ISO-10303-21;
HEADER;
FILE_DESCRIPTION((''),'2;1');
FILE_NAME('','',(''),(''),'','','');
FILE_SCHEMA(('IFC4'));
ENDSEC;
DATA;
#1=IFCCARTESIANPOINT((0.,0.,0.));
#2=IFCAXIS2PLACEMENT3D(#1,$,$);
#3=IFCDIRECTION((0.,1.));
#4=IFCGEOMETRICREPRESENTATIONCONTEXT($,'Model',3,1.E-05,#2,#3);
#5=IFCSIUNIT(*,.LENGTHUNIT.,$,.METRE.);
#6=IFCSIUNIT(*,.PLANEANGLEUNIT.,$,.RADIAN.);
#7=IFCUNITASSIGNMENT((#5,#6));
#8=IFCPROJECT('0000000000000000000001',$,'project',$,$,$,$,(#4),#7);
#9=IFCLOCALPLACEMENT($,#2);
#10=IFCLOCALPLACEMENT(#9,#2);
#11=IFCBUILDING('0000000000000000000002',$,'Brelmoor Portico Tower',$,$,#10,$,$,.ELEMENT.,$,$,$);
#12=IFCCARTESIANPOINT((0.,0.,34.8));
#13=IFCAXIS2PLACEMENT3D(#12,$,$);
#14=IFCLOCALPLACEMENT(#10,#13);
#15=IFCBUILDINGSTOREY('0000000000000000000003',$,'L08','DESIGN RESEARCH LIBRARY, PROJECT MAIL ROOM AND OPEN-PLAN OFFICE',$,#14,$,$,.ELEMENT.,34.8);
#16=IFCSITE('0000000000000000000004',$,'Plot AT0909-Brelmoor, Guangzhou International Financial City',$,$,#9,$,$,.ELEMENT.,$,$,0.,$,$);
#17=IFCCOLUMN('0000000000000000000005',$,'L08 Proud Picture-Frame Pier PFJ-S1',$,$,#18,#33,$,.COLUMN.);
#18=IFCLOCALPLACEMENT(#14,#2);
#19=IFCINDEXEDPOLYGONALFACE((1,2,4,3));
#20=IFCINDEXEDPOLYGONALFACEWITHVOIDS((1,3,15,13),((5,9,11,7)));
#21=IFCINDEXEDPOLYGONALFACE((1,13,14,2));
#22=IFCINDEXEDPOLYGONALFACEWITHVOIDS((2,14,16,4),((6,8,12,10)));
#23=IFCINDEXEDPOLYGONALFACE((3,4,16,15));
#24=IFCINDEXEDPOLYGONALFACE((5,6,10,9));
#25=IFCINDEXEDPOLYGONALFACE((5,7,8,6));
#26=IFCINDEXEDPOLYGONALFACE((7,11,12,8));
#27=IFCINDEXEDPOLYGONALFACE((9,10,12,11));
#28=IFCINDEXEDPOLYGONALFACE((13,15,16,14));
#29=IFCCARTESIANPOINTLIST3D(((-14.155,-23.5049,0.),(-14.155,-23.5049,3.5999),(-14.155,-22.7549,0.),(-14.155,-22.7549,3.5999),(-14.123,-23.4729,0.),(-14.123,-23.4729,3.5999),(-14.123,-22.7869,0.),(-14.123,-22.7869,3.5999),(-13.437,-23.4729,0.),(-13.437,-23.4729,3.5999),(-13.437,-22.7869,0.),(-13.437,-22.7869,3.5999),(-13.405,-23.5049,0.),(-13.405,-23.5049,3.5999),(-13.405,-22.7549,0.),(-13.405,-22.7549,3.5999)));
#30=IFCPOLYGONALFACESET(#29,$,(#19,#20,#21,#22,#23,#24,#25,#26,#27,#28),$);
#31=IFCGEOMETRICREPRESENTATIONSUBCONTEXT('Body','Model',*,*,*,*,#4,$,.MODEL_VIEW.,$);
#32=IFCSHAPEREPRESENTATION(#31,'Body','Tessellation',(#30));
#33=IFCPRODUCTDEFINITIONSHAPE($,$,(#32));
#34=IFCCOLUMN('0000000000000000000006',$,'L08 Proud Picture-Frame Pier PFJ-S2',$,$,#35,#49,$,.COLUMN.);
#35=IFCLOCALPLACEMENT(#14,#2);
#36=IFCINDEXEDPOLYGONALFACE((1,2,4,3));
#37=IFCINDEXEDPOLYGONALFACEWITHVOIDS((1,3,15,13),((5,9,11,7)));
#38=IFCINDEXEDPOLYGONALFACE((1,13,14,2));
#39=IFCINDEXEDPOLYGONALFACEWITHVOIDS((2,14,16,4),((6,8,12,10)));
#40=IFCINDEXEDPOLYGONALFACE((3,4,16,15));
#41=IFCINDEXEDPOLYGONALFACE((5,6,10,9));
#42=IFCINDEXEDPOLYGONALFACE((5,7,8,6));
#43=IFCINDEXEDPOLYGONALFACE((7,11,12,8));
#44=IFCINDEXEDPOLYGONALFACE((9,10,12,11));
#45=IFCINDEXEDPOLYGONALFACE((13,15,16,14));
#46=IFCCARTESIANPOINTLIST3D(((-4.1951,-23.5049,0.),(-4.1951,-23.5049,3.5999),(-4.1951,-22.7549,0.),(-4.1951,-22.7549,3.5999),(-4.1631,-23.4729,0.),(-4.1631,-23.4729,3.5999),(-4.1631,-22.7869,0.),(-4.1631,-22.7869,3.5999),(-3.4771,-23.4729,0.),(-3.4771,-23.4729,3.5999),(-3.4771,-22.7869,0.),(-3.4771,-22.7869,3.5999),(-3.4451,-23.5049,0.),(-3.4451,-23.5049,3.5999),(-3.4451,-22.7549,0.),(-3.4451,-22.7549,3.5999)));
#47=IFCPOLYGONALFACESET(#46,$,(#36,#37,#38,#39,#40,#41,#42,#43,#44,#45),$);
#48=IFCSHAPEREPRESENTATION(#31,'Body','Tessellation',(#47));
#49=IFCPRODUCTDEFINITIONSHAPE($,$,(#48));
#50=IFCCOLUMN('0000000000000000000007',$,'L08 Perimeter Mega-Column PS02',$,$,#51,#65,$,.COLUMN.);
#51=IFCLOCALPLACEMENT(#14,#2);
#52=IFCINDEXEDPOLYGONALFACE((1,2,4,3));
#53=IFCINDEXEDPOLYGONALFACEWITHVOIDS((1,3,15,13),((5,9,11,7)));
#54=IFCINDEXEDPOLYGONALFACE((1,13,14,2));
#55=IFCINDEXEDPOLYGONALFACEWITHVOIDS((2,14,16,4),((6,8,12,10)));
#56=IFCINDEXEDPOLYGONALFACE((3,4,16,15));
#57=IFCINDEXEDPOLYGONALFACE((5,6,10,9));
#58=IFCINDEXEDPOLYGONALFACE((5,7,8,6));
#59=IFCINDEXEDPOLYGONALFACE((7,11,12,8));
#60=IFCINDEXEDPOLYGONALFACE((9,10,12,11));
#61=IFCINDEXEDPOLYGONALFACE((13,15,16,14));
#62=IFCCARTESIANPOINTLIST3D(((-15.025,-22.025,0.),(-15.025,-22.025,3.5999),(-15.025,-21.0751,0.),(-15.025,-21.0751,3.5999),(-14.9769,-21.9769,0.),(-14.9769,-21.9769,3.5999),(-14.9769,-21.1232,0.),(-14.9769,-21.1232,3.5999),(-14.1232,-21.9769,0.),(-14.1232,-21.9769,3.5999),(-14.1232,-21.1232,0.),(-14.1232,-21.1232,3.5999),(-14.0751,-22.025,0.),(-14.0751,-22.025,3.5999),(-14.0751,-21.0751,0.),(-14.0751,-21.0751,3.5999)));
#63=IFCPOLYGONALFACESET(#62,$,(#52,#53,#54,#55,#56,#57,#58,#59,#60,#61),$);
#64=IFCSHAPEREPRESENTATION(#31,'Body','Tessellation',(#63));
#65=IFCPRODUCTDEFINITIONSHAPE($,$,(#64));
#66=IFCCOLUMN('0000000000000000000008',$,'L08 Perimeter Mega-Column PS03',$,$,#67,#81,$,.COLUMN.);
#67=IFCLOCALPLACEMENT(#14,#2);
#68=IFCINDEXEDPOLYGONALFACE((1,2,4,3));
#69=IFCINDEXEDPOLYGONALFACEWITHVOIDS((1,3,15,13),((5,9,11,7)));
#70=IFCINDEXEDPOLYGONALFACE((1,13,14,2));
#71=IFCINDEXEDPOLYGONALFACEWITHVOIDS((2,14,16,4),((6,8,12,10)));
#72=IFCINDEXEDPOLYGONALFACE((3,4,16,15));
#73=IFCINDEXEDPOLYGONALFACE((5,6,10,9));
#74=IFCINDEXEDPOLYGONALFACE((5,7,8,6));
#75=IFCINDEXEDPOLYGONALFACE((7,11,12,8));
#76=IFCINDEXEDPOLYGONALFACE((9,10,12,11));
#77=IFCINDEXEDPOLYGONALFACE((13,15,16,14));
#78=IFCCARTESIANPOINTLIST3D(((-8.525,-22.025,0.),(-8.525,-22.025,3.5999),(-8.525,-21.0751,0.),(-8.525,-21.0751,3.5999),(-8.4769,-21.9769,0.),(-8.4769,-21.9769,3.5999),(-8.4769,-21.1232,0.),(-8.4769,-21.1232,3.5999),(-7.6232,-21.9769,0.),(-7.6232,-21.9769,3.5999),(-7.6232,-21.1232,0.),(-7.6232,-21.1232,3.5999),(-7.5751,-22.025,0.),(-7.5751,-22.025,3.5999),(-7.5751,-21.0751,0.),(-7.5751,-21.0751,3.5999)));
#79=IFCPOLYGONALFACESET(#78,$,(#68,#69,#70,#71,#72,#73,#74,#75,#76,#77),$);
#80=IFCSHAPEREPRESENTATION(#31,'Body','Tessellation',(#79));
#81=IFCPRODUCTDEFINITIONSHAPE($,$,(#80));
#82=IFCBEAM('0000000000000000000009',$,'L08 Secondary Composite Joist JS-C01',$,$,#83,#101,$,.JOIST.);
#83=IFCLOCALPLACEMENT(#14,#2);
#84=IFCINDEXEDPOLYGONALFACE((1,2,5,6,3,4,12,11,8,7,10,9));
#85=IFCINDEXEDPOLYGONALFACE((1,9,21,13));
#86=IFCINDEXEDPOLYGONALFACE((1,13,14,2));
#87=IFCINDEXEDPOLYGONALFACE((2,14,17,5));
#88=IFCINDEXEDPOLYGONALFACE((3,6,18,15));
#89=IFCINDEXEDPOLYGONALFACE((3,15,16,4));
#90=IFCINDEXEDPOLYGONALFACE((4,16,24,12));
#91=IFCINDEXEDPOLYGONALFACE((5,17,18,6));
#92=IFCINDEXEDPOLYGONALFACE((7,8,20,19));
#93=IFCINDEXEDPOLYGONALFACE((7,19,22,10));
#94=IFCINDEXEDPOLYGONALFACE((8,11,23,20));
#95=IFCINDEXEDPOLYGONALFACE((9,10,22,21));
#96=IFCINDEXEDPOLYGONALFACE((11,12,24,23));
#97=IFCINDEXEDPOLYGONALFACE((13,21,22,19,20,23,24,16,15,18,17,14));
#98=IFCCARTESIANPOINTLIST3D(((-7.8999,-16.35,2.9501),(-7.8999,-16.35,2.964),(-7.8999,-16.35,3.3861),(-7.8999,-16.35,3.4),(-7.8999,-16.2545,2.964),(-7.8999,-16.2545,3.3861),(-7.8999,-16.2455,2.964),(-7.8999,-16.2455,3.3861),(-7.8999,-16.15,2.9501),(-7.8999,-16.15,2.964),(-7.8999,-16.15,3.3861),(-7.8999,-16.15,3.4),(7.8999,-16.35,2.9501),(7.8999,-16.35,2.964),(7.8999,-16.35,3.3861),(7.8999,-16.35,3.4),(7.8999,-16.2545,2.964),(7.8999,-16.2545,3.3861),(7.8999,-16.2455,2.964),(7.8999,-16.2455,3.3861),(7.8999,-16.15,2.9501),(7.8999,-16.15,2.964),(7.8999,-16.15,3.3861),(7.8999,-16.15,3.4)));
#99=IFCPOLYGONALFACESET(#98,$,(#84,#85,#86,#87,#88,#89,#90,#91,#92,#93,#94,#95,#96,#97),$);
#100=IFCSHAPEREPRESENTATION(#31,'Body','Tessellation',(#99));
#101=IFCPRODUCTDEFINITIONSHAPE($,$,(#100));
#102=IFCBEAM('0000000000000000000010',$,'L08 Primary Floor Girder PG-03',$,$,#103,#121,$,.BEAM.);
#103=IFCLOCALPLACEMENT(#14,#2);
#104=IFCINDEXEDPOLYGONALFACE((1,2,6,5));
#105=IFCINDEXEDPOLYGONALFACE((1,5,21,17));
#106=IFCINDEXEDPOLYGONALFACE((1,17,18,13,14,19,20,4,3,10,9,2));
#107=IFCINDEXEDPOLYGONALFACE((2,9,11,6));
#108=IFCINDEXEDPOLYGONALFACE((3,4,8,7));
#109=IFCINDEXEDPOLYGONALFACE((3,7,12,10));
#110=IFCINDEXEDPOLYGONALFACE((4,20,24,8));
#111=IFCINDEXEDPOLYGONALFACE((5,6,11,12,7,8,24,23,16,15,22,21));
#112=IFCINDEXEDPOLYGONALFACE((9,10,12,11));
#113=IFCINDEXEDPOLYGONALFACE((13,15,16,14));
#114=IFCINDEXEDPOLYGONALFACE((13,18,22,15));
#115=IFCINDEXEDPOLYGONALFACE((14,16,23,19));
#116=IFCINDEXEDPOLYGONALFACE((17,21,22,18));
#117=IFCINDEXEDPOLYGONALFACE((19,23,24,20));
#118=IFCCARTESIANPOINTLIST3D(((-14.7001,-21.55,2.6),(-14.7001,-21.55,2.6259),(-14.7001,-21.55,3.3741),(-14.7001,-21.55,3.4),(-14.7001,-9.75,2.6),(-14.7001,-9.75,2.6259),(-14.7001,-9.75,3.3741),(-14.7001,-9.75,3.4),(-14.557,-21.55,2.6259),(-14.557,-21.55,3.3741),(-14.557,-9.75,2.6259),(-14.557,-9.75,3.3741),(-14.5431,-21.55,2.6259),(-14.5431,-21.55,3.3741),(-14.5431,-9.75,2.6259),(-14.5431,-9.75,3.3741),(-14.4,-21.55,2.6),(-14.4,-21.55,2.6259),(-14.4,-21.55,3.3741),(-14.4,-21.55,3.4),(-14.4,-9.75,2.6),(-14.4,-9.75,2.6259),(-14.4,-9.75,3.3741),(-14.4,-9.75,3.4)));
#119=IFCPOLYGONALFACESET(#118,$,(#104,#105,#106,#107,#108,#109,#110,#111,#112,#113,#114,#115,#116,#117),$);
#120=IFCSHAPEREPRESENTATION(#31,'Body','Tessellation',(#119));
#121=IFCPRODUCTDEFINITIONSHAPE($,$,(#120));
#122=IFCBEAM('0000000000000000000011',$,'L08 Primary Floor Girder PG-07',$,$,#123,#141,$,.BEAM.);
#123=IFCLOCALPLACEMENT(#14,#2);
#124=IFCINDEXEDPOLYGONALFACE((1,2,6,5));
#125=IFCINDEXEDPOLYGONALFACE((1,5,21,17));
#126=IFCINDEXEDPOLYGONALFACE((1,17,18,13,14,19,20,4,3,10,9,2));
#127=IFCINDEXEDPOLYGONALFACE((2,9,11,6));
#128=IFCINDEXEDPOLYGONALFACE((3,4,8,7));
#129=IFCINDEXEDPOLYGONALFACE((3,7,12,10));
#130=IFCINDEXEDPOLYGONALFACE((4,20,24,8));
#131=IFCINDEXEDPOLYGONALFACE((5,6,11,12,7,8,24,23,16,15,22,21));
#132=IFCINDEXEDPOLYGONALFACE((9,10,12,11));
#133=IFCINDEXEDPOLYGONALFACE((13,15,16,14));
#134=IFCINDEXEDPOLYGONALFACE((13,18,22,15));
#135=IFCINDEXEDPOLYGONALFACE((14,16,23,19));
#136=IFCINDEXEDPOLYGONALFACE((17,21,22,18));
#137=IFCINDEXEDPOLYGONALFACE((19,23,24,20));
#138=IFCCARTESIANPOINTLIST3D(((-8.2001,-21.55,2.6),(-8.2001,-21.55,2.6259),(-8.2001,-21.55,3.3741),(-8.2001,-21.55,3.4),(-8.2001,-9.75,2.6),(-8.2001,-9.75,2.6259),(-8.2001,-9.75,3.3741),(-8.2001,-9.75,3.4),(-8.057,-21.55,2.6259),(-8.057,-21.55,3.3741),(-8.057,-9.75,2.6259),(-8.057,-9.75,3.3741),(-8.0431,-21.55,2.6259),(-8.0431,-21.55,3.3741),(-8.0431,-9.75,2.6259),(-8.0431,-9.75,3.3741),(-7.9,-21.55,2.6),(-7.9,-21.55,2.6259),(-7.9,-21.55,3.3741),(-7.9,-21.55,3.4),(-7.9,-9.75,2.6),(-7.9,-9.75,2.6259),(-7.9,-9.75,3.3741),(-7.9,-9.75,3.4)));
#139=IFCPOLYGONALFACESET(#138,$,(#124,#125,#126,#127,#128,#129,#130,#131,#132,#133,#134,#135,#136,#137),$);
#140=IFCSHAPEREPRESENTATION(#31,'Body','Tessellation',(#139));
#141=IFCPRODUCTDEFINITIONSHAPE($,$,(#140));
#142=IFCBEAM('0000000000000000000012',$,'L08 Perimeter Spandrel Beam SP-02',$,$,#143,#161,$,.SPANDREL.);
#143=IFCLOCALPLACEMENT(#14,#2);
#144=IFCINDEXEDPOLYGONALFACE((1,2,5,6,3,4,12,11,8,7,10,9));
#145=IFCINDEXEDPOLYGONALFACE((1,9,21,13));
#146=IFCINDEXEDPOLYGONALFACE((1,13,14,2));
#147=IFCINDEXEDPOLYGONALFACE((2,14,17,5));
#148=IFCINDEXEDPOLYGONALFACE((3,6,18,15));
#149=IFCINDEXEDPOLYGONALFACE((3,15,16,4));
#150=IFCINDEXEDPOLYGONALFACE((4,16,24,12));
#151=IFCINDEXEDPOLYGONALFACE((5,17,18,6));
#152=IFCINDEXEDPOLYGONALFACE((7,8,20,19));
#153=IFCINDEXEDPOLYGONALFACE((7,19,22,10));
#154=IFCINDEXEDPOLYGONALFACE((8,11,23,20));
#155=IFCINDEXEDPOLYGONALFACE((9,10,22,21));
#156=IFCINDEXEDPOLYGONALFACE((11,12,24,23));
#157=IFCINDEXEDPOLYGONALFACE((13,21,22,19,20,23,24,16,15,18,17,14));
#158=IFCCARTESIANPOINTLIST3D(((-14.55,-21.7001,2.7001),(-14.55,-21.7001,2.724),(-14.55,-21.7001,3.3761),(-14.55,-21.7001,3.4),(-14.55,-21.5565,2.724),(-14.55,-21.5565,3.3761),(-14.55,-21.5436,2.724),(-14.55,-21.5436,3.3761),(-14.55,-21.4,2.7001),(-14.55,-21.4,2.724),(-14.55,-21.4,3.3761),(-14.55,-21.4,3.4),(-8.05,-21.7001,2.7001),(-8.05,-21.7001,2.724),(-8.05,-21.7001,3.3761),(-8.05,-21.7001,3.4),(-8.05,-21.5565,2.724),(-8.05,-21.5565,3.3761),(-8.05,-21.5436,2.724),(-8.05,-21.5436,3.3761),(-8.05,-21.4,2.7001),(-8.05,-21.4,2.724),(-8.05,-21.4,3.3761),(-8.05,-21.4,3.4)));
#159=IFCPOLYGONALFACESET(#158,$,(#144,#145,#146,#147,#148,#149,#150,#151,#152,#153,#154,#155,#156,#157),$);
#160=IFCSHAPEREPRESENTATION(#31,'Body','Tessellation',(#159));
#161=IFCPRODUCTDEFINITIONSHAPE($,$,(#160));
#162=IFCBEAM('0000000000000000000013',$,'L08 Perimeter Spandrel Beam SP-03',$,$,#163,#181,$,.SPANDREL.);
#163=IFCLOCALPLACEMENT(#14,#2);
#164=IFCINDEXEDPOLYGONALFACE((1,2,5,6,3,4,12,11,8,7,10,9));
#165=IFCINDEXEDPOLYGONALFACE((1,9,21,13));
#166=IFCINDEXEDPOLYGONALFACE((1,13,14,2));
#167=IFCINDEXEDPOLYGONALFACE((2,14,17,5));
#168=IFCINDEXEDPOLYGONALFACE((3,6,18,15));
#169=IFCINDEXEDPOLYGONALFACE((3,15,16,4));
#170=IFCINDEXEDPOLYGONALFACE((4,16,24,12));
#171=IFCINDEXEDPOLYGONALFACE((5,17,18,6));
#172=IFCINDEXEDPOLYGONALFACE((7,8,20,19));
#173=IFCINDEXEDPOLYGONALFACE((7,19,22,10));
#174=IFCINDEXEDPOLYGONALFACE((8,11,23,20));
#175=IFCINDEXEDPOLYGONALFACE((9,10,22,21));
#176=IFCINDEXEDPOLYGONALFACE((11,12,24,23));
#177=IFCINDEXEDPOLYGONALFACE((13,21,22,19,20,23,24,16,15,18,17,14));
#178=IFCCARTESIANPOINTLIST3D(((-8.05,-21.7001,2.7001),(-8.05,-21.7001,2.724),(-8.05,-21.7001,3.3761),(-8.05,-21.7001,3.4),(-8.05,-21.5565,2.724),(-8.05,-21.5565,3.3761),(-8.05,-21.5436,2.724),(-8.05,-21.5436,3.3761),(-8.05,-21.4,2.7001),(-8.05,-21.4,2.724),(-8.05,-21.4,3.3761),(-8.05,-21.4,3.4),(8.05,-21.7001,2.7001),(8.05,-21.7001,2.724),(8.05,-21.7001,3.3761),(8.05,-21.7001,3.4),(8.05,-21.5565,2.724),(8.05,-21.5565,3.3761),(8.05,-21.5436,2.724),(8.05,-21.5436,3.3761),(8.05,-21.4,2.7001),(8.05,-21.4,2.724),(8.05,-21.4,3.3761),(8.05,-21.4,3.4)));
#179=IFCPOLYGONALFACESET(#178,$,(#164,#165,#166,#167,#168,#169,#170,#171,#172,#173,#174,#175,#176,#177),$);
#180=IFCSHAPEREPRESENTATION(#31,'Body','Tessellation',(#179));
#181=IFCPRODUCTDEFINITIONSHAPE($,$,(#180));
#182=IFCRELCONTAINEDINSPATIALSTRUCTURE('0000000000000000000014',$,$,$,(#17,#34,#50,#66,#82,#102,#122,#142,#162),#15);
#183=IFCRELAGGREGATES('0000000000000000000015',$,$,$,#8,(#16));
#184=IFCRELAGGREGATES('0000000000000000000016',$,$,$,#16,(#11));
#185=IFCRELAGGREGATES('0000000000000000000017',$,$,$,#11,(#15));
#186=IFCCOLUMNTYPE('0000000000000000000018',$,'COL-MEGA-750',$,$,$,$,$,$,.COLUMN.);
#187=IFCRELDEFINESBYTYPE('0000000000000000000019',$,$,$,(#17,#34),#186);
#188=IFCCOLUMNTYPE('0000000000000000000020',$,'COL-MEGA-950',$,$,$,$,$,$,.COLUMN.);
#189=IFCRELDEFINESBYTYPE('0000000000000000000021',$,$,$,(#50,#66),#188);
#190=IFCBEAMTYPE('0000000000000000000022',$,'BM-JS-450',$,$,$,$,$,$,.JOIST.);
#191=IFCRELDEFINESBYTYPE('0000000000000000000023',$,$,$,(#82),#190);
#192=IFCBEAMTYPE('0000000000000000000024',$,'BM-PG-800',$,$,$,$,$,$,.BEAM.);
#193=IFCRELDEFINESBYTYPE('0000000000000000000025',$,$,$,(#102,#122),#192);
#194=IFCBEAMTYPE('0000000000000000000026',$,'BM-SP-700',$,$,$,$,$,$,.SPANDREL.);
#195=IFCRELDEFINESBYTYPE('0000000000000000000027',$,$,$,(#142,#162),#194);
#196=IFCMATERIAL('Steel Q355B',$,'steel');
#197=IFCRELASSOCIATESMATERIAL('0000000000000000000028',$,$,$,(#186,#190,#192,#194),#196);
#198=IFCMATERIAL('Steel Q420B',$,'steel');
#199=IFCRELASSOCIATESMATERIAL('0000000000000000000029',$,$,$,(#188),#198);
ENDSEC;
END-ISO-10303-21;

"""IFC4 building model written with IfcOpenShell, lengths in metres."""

from ifc_helpers import new_model, si_unit, direction, frame, origin, origin_2d, place, context, subcontext, project, spatial, hollow_rectangle, i_section, extrude, material, material_profile, profile_set, type_object, element, save


model = new_model("IFC4")

# Units and contexts
model_context = context("Model", 3, precision=1e-05, world=origin(), true_north=direction((0.0, 1.0)))
body_context = subcontext(model_context, "Body", "Model", "MODEL_VIEW")
ifc_project = project(units=[si_unit("LENGTHUNIT", "METRE"), si_unit("PLANEANGLEUNIT", "RADIAN")], contexts=[model_context])

# Site, building, storey
site_placement = place(None, origin())
site = spatial("IfcSite", under=ifc_project, at=site_placement, Name="Plot AT0909-Brelmoor, Guangzhou International Financial City", CompositionType="ELEMENT", RefElevation=0.0)
building_placement = place(site_placement, origin())
building = spatial("IfcBuilding", under=site, at=building_placement, Name="Brelmoor Portico Tower", CompositionType="ELEMENT")
storey_placement = place(building_placement, frame((0.0, 0.0, 34.8)))
storey = spatial("IfcBuildingStorey", under=building, at=storey_placement, Name="L08", Description="DESIGN RESEARCH LIBRARY, PROJECT MAIL ROOM AND OPEN-PLAN OFFICE", CompositionType="ELEMENT", Elevation=34.8)

# Columns
ifc_material_1 = material(Name="Steel Q355B", Category="steel")
ifc_material_profile_1 = material_profile(ifc_material_1, hollow_rectangle(XDim=0.75, YDim=0.75, WallThickness=0.032, at=origin_2d()), Name="BOX 750x750x32")
ifc_profile_set_1 = profile_set([ifc_material_profile_1], Name="Steel Q355B")
column_type_1 = type_object("IfcColumnType", Name="COL-MEGA-750", PredefinedType="COLUMN", material=ifc_profile_set_1)
for number, where, z_axis, x_axis, name in (
    (1, (-13.78, -23.1299, 0.0), (0.0, 0.0, 1.0), (1.0, 0.0, 0.0), "L08 Proud Picture-Frame Pier PFJ-S1"),
    (2, (-3.8201, -23.1299, 0.0), (0.0, 0.0, 1.0), (1.0, 0.0, 0.0), "L08 Proud Picture-Frame Pier PFJ-S2"),
):
    element("IfcColumn", number, at=place(storey_placement, frame(where, z_axis=z_axis, x_axis=x_axis)), inside=storey, type_object=column_type_1, Name=name, PredefinedType="COLUMN", context=body_context, shape_type="SweptSolid", body=[
        extrude(hollow_rectangle(XDim=0.75, YDim=0.75, WallThickness=0.032, at=origin_2d()), origin(), (0.0, 0.0, 1.0), 3.5999),
    ])
ifc_material_2 = material(Name="Steel Q420B", Category="steel")
ifc_material_profile_2 = material_profile(ifc_material_2, hollow_rectangle(XDim=0.95, YDim=0.95, WallThickness=0.0481, at=origin_2d()), Name="BOX 950x950x48")
ifc_profile_set_2 = profile_set([ifc_material_profile_2], Name="Steel Q420B")
column_type_2 = type_object("IfcColumnType", Name="COL-MEGA-950", PredefinedType="COLUMN", material=ifc_profile_set_2)
for number, where, z_axis, x_axis, name in (
    (3, (-14.55, -21.55, 0.0), (0.0, 0.0, 1.0), (1.0, 0.0, 0.0), "L08 Perimeter Mega-Column PS02"),
    (4, (-8.05, -21.55, 0.0), (0.0, 0.0, 1.0), (1.0, 0.0, 0.0), "L08 Perimeter Mega-Column PS03"),
):
    element("IfcColumn", number, at=place(storey_placement, frame(where, z_axis=z_axis, x_axis=x_axis)), inside=storey, type_object=column_type_2, Name=name, PredefinedType="COLUMN", context=body_context, shape_type="SweptSolid", body=[
        extrude(hollow_rectangle(XDim=0.95, YDim=0.95, WallThickness=0.0481, at=origin_2d()), origin(), (0.0, 0.0, 1.0), 3.5999),
    ])

# Beams
ifc_material_profile_3 = material_profile(ifc_material_1, i_section(OverallWidth=0.2, OverallDepth=0.45, WebThickness=0.009, FlangeThickness=0.0139, at=origin_2d()), Name="HN 450x200x9x14")
ifc_profile_set_3 = profile_set([ifc_material_profile_3], Name="Steel Q355B")
beam_type_1 = type_object("IfcBeamType", Name="BM-JS-450", PredefinedType="JOIST", material=ifc_profile_set_3)
beam_1_placement = place(storey_placement, frame((-7.8999, -16.25, 3.175), z_axis=(1.0, 0.0, 0.0), x_axis=(0.0, 1.0, 0.0)))
element("IfcBeam", 5, at=beam_1_placement, inside=storey, type_object=beam_type_1, Name="L08 Secondary Composite Joist JS-C01", PredefinedType="JOIST", context=body_context, shape_type="SweptSolid", body=[
    extrude(i_section(OverallWidth=0.2, OverallDepth=0.45, WebThickness=0.009, FlangeThickness=0.0139, at=origin_2d()), origin(), (0.0, 0.0, 1.0), 15.7998),
])
ifc_material_profile_4 = material_profile(ifc_material_1, i_section(OverallWidth=0.3, OverallDepth=0.8, WebThickness=0.0139, FlangeThickness=0.0259, at=origin_2d()), Name="HN 800x300x14x26")
ifc_profile_set_4 = profile_set([ifc_material_profile_4], Name="Steel Q355B")
beam_type_2 = type_object("IfcBeamType", Name="BM-PG-800", PredefinedType="BEAM", material=ifc_profile_set_4)
for number, where, z_axis, x_axis, name in (
    (6, (-14.55, -21.55, 3.0), (0.0, 1.0, 0.0), (-1.0, 0.0, 0.0), "L08 Primary Floor Girder PG-03"),
    (7, (-8.05, -21.55, 3.0), (0.0, 1.0, 0.0), (-1.0, 0.0, 0.0), "L08 Primary Floor Girder PG-07"),
):
    element("IfcBeam", number, at=place(storey_placement, frame(where, z_axis=z_axis, x_axis=x_axis)), inside=storey, type_object=beam_type_2, Name=name, PredefinedType="BEAM", context=body_context, shape_type="SweptSolid", body=[
        extrude(i_section(OverallWidth=0.3, OverallDepth=0.8, WebThickness=0.0139, FlangeThickness=0.0259, at=origin_2d()), origin(), (0.0, 0.0, 1.0), 11.8),
    ])
ifc_material_profile_5 = material_profile(ifc_material_1, i_section(OverallWidth=0.3, OverallDepth=0.7, WebThickness=0.0129, FlangeThickness=0.0239, at=origin_2d()), Name="HN 700x300x13x24")
ifc_profile_set_5 = profile_set([ifc_material_profile_5], Name="Steel Q355B")
beam_type_3 = type_object("IfcBeamType", Name="BM-SP-700", PredefinedType="SPANDREL", material=ifc_profile_set_5)
beam_2_placement = place(storey_placement, frame((-14.55, -21.55, 3.05), z_axis=(1.0, 0.0, 0.0), x_axis=(0.0, 1.0, 0.0)))
element("IfcBeam", 8, at=beam_2_placement, inside=storey, type_object=beam_type_3, Name="L08 Perimeter Spandrel Beam SP-02", PredefinedType="SPANDREL", context=body_context, shape_type="SweptSolid", body=[
    extrude(i_section(OverallWidth=0.3, OverallDepth=0.7, WebThickness=0.0129, FlangeThickness=0.0239, at=origin_2d()), origin(), (0.0, 0.0, 1.0), 6.5),
])
beam_3_placement = place(storey_placement, frame((-8.05, -21.55, 3.05), z_axis=(1.0, 0.0, 0.0), x_axis=(0.0, 1.0, 0.0)))
element("IfcBeam", 9, at=beam_3_placement, inside=storey, type_object=beam_type_3, Name="L08 Perimeter Spandrel Beam SP-03", PredefinedType="SPANDREL", context=body_context, shape_type="SweptSolid", body=[
    extrude(i_section(OverallWidth=0.3, OverallDepth=0.7, WebThickness=0.0129, FlangeThickness=0.0239, at=origin_2d()), origin(), (0.0, 0.0, 1.0), 16.1001),
])

save(model, "model.ifc")
